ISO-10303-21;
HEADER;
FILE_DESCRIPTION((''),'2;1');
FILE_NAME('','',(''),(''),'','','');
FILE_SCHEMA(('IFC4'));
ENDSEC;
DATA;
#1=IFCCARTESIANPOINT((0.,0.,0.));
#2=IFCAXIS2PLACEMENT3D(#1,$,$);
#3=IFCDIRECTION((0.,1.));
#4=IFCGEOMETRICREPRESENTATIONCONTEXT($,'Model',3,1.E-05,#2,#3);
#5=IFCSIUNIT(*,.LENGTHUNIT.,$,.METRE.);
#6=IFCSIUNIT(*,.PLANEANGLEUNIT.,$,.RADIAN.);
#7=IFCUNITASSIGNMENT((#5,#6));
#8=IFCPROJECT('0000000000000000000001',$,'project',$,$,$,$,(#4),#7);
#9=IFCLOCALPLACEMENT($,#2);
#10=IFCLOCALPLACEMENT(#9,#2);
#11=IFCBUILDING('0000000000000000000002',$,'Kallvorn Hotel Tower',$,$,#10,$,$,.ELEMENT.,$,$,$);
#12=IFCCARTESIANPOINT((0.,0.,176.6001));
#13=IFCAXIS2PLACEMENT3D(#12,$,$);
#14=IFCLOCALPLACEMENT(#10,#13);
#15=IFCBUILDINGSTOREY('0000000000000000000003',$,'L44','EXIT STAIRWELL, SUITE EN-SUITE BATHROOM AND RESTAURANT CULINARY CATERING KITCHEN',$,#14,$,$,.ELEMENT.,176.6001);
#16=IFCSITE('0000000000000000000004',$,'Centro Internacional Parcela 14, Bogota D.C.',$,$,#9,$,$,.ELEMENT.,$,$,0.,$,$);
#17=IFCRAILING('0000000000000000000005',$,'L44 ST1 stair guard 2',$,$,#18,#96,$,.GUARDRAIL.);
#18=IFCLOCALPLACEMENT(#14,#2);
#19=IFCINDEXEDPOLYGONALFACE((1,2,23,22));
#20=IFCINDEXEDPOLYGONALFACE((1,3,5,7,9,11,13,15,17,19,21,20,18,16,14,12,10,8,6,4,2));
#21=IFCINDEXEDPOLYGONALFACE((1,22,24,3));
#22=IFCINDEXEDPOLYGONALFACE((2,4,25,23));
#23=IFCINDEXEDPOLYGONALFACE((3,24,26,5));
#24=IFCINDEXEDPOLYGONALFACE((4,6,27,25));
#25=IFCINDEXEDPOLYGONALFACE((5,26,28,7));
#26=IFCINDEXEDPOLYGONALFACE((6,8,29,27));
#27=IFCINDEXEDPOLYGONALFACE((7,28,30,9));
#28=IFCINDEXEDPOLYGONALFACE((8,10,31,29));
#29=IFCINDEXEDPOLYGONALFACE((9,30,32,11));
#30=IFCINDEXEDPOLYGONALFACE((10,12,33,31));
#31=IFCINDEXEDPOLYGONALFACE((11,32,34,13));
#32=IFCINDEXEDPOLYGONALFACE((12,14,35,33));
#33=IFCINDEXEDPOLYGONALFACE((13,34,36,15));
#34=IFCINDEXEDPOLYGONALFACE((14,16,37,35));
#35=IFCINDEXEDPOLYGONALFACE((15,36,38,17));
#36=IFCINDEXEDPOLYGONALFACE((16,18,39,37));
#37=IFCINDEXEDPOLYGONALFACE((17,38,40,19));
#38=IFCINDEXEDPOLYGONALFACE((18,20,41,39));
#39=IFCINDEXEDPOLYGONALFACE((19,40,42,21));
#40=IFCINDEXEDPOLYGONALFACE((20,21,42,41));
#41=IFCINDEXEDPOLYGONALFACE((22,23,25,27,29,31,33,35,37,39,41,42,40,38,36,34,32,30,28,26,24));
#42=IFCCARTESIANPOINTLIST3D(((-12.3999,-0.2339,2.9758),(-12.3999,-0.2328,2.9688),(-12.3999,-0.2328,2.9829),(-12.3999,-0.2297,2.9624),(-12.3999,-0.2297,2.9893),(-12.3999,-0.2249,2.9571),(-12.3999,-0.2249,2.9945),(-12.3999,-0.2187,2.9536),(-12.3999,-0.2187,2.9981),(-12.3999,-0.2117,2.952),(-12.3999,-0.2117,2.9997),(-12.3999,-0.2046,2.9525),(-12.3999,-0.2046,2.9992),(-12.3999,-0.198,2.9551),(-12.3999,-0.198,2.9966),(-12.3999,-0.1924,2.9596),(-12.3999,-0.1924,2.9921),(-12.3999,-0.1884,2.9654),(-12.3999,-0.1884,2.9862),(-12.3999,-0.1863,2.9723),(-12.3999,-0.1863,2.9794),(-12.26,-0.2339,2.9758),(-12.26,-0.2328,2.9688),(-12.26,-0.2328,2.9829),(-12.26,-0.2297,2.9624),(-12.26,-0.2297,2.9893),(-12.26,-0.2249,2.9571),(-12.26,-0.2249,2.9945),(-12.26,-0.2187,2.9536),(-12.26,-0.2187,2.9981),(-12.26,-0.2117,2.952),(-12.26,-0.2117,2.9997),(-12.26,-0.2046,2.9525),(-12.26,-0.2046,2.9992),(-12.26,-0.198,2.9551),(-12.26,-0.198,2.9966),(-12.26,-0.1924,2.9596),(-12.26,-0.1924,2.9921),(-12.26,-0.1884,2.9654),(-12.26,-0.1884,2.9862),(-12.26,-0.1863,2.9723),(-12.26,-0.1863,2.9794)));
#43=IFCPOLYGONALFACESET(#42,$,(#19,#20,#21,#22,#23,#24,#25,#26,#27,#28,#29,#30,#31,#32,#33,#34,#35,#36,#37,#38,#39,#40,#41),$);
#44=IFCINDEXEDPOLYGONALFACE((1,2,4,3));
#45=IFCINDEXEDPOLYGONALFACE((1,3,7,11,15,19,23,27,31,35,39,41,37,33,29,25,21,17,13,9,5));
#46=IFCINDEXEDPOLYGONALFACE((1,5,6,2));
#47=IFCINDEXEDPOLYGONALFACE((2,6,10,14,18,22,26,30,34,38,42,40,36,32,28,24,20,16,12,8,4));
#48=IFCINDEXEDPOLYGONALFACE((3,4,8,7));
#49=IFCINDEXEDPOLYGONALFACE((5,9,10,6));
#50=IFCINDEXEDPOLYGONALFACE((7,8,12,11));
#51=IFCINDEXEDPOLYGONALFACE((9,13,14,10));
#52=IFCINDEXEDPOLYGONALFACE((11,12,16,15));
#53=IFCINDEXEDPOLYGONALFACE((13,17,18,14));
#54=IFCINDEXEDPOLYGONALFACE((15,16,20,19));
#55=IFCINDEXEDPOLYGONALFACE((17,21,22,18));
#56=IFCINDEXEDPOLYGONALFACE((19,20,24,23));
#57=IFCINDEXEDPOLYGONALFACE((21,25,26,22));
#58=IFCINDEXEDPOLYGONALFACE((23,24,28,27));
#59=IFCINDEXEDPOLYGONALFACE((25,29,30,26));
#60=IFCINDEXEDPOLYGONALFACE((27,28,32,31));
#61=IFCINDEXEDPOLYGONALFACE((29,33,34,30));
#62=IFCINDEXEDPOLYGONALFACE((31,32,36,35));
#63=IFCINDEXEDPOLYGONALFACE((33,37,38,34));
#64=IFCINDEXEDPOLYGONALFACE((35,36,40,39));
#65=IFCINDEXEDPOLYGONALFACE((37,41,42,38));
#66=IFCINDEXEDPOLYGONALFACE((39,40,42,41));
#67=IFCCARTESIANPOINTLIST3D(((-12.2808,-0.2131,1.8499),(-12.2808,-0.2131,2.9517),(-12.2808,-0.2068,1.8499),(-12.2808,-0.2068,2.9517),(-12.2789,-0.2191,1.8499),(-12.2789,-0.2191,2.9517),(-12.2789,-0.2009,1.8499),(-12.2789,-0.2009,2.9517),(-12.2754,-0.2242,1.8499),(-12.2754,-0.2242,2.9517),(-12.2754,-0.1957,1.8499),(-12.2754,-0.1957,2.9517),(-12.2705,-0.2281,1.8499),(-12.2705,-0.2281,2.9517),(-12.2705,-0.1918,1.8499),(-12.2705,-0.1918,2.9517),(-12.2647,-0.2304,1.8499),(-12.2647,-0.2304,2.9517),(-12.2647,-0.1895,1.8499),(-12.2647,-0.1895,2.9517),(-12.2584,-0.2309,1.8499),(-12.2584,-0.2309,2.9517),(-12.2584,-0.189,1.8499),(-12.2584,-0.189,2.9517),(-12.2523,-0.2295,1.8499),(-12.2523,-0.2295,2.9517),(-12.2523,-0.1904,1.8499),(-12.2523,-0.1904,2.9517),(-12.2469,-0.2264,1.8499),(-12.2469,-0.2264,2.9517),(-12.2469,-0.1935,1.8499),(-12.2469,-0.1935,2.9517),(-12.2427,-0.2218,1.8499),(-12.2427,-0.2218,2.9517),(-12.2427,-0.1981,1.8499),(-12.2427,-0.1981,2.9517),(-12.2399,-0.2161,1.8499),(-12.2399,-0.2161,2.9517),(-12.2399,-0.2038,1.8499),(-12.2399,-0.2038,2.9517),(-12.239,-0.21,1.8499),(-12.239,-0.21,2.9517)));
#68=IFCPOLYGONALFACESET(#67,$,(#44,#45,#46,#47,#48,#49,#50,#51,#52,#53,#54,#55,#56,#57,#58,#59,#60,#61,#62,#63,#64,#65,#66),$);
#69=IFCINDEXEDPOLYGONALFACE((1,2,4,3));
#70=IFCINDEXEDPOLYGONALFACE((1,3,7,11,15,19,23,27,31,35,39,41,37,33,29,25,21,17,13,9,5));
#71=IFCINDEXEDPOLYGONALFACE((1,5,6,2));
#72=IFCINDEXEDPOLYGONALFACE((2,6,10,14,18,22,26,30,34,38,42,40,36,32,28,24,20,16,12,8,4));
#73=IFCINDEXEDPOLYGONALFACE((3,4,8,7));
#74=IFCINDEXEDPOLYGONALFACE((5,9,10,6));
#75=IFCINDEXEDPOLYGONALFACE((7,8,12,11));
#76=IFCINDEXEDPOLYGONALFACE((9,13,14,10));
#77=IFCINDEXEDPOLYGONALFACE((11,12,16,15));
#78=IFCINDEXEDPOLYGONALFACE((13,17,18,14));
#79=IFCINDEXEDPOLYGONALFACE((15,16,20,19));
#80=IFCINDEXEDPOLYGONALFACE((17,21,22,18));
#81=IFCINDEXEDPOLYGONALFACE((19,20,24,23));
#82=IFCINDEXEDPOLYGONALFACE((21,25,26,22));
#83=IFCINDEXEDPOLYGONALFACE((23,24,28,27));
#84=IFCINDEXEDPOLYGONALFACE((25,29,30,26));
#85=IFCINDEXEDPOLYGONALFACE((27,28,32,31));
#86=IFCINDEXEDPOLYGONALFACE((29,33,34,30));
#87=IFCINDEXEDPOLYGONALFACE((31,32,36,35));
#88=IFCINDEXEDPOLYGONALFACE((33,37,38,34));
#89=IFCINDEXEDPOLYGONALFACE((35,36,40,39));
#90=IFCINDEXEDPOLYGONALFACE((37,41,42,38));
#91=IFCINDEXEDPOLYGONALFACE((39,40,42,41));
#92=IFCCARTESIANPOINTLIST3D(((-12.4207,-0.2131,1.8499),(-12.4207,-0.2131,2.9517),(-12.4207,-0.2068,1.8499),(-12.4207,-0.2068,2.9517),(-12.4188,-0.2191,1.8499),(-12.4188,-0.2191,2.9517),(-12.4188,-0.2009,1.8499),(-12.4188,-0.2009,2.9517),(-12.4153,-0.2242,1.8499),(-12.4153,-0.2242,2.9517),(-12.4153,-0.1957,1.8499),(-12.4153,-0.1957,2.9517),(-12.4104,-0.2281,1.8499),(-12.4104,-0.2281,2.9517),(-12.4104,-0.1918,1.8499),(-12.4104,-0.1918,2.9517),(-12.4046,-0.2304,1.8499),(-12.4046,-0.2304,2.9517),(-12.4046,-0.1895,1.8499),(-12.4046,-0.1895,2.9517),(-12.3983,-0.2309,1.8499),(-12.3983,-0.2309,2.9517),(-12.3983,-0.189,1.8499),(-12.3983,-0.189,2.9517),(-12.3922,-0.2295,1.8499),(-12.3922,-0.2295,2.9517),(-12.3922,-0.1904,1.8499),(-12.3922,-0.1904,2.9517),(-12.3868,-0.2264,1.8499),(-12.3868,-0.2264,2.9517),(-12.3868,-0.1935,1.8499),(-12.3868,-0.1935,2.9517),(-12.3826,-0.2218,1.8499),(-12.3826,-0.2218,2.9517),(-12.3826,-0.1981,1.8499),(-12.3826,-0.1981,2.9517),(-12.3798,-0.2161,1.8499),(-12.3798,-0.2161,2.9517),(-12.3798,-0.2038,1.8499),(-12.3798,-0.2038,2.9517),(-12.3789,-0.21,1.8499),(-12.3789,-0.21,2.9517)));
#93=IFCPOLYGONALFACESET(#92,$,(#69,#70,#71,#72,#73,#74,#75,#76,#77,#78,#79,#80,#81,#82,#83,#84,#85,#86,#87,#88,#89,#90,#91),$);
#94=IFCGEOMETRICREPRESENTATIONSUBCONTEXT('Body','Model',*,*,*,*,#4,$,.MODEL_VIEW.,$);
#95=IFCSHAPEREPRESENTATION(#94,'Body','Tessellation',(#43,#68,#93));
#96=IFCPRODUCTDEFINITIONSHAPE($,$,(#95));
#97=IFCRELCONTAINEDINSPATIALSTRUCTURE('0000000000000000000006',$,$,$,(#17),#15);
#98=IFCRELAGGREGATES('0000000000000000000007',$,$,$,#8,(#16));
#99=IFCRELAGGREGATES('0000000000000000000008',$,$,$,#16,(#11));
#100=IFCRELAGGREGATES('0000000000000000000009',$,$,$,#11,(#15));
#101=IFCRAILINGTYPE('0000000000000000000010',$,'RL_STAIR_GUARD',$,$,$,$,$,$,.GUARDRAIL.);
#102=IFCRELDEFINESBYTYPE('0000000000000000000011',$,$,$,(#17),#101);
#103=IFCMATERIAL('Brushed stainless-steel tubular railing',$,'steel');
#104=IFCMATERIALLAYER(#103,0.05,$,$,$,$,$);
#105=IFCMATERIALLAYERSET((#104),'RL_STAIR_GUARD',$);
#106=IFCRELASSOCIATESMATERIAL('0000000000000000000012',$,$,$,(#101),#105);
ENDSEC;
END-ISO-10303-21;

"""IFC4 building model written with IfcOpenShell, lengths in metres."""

from ifc_helpers import new_model, si_unit, direction, frame, origin, origin_2d, place, context, subcontext, project, spatial, circle, extrude, material, layer, layer_set, type_object, element, save


model = new_model("IFC4")

# Units and contexts
model_context = context("Model", 3, precision=1e-05, world=origin(), true_north=direction((0.0, 1.0)))
body_context = subcontext(model_context, "Body", "Model", "MODEL_VIEW")
ifc_project = project(units=[si_unit("LENGTHUNIT", "METRE"), si_unit("PLANEANGLEUNIT", "RADIAN")], contexts=[model_context])

# Site, building, storey
site_placement = place(None, origin())
site = spatial("IfcSite", under=ifc_project, at=site_placement, Name="Centro Internacional Parcela 14, Bogota D.C.", CompositionType="ELEMENT", RefElevation=0.0)
building_placement = place(site_placement, origin())
building = spatial("IfcBuilding", under=site, at=building_placement, Name="Kallvorn Hotel Tower", CompositionType="ELEMENT")
storey_placement = place(building_placement, frame((0.0, 0.0, 176.6001)))
storey = spatial("IfcBuildingStorey", under=building, at=storey_placement, Name="L44", Description="EXIT STAIRWELL, SUITE EN-SUITE BATHROOM AND RESTAURANT CULINARY CATERING KITCHEN", CompositionType="ELEMENT", Elevation=176.6001)

# Railing
ifc_material_1 = material(Name="Brushed stainless-steel tubular railing", Category="steel")
ifc_layer_1 = layer(ifc_material_1, 0.05)
ifc_layer_set_1 = layer_set([ifc_layer_1], Name="RL_STAIR_GUARD")
railing_type_1 = type_object("IfcRailingType", Name="RL_STAIR_GUARD", PredefinedType="GUARDRAIL", material=ifc_layer_set_1)
railing_1_placement = place(storey_placement, frame((-12.26, -0.21, 1.8499)))
element("IfcRailing", 1, at=railing_1_placement, inside=storey, type_object=railing_type_1, Name="L44 ST1 stair guard 2", PredefinedType="GUARDRAIL", context=body_context, shape_type="SweptSolid", body=[
    extrude(circle(Radius=0.0239, at=origin_2d()), frame((0.0, 0.0, 1.126), z_axis=(-1.0, 0.0, 0.0), x_axis=(0.0, -1.0, 0.0)), (0.0, 0.0, 1.0), 0.1399),
    extrude(circle(Radius=0.021, at=origin_2d()), origin(), (0.0, 0.0, 1.0), 1.1018),
    extrude(circle(Radius=0.021, at=origin_2d()), frame((-0.1399, 0.0, 0.0)), (0.0, 0.0, 1.0), 1.1018),
])

save(model, "model.ifc")
